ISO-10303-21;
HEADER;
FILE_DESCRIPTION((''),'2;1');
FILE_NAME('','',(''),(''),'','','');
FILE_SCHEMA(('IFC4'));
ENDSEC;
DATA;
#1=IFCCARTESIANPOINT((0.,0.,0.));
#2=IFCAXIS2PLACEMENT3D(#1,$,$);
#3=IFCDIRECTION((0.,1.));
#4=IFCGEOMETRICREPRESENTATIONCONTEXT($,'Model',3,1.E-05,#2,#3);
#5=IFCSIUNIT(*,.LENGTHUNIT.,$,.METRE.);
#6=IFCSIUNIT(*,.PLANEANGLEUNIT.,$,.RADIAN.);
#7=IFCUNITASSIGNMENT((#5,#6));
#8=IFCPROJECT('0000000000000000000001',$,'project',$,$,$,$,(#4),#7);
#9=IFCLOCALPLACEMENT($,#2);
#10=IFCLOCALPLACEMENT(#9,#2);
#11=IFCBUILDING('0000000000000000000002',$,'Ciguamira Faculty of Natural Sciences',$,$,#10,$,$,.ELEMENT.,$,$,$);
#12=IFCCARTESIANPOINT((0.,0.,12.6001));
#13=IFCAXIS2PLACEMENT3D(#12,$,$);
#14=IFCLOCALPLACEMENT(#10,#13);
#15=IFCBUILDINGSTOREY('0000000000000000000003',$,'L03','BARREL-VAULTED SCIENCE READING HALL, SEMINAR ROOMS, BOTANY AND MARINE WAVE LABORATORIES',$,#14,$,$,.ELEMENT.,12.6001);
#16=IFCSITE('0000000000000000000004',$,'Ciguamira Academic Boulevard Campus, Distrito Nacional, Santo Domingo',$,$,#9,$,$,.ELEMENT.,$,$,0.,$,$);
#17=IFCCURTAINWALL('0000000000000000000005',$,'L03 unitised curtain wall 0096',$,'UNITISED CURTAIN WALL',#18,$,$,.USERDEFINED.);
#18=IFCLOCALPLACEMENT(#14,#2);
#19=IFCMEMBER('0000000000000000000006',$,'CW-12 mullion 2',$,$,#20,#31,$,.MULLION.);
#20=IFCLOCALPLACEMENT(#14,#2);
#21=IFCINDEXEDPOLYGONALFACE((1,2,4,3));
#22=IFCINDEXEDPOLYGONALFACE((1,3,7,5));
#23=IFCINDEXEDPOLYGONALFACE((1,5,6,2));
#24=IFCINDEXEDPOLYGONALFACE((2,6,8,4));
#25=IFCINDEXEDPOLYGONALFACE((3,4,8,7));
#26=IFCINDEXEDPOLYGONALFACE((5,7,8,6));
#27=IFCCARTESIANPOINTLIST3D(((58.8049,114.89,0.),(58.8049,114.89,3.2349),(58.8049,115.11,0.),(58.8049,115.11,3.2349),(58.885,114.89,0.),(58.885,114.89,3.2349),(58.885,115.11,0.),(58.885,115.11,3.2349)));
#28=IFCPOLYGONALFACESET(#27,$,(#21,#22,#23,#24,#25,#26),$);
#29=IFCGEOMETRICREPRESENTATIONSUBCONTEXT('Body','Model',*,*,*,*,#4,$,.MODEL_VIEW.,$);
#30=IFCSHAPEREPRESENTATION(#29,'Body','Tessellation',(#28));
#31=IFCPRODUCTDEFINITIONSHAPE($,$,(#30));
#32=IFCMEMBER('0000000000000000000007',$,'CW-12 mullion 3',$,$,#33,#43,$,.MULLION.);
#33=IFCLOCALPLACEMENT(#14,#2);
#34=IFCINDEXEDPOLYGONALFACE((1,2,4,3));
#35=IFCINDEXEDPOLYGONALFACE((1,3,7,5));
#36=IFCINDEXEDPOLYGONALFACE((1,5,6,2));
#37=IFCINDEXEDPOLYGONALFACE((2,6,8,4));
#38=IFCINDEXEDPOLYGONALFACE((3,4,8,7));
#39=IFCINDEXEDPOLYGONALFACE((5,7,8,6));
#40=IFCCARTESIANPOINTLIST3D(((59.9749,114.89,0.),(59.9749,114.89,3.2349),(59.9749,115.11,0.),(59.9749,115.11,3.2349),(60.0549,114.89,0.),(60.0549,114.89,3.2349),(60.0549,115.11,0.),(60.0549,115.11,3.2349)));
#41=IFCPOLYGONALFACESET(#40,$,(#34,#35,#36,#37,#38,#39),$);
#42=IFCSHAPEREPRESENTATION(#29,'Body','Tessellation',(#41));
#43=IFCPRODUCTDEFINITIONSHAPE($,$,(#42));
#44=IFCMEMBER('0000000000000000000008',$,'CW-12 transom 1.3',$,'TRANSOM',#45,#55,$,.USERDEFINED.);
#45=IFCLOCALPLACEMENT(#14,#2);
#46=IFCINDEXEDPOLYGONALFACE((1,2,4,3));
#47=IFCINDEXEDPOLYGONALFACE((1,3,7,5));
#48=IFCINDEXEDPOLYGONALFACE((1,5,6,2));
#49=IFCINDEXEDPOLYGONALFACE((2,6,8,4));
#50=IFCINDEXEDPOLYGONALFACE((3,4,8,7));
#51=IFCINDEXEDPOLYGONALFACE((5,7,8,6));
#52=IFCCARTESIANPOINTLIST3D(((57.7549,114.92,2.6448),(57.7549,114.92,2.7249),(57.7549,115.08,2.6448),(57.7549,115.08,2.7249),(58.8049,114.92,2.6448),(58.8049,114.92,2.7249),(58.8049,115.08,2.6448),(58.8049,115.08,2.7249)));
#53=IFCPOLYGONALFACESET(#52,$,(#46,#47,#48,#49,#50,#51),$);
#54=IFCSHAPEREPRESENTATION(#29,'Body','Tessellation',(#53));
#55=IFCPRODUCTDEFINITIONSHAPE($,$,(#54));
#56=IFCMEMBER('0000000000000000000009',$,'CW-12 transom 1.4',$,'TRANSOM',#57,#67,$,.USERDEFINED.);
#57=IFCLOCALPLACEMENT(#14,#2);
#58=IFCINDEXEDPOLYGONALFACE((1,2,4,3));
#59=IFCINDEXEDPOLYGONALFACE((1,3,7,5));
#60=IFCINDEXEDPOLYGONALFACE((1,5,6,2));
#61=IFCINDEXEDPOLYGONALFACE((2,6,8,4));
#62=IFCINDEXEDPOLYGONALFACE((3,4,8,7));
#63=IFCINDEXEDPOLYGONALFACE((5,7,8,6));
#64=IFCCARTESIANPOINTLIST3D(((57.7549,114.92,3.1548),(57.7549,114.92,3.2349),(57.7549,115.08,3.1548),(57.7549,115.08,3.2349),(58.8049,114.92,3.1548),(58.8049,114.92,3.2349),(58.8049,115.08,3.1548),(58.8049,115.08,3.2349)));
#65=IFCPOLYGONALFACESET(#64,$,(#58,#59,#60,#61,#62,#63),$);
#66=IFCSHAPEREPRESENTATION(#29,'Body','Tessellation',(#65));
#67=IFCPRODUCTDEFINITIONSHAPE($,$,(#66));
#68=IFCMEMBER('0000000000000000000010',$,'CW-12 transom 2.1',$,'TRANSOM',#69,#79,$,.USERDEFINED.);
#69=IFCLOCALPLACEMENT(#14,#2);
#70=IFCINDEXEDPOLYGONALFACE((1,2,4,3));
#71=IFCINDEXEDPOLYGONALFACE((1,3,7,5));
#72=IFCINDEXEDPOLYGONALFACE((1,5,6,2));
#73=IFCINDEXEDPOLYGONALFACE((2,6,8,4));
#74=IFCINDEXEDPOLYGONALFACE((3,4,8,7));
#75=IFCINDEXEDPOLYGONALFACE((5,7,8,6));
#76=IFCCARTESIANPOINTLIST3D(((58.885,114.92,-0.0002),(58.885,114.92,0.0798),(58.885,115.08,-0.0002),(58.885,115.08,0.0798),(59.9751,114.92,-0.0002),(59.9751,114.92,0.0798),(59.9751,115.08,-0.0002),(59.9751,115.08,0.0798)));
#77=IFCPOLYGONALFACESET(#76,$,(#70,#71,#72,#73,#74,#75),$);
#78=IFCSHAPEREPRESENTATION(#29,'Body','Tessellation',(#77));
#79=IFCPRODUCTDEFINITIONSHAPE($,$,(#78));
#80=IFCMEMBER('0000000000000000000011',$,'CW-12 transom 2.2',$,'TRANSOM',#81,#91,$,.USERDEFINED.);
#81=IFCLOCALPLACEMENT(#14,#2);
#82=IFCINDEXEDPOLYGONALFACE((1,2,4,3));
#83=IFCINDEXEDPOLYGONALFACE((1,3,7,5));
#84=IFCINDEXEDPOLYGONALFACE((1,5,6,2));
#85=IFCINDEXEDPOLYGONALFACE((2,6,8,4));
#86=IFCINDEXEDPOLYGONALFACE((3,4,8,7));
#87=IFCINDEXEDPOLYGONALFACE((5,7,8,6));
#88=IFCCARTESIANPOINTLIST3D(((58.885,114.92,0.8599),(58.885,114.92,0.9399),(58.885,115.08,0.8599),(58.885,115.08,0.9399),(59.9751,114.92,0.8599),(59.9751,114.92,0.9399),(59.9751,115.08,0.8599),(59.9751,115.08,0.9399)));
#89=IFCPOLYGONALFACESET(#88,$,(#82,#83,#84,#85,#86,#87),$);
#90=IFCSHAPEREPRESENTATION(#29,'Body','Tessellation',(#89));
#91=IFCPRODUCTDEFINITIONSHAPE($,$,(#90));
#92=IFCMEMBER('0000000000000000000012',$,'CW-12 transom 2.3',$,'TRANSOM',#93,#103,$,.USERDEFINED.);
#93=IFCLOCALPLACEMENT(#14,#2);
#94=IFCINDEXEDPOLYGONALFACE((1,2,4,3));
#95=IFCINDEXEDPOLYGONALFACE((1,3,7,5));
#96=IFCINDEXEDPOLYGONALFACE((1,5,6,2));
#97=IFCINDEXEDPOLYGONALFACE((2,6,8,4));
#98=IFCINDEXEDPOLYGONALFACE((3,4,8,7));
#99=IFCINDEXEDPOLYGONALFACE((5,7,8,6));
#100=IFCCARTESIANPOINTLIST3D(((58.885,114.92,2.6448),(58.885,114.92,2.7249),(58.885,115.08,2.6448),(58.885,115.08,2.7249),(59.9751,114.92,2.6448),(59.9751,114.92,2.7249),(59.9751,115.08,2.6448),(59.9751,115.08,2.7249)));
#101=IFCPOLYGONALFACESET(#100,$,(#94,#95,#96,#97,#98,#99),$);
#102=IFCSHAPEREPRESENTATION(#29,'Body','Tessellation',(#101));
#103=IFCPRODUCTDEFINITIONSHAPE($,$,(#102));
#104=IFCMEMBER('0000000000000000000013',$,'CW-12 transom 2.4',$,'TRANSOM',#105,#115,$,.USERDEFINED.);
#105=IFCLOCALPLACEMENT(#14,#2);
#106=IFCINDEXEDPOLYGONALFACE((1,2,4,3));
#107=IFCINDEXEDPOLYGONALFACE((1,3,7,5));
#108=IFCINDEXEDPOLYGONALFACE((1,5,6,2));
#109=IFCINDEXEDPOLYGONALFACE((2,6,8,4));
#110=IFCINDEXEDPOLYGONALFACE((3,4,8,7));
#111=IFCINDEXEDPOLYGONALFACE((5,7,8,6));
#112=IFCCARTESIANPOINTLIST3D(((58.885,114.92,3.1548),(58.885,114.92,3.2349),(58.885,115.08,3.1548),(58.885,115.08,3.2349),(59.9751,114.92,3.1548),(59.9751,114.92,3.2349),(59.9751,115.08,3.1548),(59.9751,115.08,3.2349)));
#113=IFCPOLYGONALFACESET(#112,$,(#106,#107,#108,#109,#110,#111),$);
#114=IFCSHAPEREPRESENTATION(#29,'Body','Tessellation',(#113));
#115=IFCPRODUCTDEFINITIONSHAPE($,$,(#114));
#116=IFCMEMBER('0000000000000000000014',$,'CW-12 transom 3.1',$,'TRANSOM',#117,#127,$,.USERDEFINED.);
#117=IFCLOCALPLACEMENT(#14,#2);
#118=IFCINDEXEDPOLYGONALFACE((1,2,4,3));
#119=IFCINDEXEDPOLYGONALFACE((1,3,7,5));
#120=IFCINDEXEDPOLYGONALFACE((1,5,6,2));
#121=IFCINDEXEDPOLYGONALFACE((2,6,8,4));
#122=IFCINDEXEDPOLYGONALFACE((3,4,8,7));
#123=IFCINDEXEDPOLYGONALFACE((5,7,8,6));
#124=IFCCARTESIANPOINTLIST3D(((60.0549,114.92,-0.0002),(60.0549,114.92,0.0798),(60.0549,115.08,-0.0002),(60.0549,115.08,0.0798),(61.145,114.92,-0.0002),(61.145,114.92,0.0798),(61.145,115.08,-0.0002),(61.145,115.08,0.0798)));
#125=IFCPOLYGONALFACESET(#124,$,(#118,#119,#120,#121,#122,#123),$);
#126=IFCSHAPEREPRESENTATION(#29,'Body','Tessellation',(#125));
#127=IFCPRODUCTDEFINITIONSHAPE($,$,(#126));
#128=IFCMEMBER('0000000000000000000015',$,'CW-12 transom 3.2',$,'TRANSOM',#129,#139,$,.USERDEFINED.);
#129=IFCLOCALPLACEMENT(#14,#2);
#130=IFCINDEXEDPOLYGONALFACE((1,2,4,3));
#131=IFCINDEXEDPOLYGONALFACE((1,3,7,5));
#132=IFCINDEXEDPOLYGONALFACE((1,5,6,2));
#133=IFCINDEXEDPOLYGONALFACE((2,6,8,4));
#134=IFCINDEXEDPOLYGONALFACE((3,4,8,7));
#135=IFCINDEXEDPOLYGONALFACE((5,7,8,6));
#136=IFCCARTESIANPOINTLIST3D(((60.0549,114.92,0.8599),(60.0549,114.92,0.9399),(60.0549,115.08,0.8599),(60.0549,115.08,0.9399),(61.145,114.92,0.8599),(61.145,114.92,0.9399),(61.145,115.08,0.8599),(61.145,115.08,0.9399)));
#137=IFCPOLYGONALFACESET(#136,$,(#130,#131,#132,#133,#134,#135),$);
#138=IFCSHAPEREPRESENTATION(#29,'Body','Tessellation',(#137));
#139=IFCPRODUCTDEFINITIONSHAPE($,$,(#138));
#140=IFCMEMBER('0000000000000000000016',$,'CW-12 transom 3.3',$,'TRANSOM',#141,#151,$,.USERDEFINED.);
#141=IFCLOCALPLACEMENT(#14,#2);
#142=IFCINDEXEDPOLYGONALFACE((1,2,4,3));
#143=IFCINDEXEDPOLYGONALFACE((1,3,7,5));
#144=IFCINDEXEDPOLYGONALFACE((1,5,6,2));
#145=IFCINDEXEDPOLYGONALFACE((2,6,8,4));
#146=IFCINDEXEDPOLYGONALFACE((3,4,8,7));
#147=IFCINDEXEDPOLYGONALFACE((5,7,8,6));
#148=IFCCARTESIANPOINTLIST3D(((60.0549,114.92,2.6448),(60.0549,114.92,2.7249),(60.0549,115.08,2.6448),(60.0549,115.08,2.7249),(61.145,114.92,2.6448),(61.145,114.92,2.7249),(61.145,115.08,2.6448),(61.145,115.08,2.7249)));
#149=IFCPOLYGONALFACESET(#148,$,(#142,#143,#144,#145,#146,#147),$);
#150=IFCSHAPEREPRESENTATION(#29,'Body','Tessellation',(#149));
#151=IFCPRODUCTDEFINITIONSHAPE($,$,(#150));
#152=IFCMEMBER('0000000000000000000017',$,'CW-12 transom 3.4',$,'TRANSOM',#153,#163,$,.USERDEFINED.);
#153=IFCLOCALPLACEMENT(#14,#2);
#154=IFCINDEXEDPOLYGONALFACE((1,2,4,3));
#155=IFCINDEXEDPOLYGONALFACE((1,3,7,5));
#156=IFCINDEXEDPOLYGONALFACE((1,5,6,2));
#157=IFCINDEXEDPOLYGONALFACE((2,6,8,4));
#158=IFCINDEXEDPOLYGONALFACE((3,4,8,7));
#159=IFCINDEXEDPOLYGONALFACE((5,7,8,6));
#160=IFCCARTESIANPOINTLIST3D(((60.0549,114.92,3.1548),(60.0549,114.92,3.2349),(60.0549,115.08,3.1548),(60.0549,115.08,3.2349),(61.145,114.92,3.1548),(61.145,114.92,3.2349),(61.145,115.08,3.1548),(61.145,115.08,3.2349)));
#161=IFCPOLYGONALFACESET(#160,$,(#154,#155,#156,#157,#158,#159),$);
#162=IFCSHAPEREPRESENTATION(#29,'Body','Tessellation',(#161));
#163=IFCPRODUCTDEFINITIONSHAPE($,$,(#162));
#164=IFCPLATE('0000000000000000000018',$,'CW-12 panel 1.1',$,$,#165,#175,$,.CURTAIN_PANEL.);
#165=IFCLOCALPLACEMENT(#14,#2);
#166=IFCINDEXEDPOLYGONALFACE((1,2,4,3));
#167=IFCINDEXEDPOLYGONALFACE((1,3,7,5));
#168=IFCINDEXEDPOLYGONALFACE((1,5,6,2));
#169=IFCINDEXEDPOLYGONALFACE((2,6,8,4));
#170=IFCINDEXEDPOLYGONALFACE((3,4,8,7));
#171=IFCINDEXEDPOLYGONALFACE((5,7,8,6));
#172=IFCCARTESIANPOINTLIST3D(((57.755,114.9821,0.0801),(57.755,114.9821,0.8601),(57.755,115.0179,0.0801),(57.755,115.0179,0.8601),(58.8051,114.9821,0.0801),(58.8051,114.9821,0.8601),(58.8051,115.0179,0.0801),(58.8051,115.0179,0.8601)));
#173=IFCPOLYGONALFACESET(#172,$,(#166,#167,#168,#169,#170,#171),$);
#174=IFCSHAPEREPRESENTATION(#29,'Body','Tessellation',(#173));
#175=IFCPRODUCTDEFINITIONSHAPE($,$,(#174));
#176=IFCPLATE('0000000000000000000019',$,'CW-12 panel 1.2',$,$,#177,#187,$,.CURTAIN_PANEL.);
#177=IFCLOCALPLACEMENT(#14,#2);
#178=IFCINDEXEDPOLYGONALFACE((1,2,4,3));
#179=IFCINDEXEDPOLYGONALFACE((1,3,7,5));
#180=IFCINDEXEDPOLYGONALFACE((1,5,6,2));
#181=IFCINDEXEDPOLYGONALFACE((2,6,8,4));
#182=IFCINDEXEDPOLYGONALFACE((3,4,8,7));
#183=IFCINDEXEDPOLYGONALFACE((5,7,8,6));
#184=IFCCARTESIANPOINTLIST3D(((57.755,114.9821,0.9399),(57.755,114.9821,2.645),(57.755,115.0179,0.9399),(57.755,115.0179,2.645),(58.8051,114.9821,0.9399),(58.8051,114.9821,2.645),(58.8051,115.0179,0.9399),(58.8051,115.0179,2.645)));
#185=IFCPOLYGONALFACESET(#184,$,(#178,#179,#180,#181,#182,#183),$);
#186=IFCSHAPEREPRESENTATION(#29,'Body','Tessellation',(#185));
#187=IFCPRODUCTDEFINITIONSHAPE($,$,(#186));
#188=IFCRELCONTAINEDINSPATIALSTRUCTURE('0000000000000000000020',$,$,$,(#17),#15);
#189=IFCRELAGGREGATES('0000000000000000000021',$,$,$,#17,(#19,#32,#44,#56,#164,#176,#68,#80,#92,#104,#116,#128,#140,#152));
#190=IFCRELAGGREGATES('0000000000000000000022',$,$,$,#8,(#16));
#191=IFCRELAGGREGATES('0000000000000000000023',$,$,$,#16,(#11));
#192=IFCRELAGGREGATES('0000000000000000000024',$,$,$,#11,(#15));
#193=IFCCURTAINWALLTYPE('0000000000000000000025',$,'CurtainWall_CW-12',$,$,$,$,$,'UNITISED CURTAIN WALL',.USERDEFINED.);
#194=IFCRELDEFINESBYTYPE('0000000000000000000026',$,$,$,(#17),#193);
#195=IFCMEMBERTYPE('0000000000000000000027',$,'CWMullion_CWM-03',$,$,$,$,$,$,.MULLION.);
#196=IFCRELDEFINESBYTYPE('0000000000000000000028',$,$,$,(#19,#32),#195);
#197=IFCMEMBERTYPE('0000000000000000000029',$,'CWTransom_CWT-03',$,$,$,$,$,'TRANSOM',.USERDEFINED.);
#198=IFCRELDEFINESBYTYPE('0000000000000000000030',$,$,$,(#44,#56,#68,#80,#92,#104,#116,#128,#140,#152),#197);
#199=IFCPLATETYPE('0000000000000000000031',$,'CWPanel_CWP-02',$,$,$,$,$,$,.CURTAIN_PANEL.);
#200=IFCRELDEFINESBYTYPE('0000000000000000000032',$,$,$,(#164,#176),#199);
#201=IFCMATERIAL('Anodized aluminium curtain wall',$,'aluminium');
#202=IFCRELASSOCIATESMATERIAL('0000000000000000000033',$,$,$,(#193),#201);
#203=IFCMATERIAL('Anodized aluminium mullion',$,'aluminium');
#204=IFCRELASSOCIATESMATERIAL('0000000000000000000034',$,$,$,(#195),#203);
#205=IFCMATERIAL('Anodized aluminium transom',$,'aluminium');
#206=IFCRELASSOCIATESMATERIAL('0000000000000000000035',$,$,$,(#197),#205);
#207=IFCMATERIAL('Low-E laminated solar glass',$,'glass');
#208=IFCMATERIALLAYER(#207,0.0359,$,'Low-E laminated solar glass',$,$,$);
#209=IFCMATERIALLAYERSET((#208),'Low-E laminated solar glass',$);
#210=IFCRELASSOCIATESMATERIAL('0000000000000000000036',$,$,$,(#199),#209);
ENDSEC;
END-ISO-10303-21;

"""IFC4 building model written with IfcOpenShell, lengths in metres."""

from ifc_helpers import new_model, si_unit, direction, frame, origin, origin_2d, place, context, subcontext, project, spatial, rectangle, extrude, material, layer, layer_set, material_profile, profile_set, type_object, element, aggregate, save


model = new_model("IFC4")

# Units and contexts
model_context = context("Model", 3, precision=1e-05, world=origin(), true_north=direction((0.0, 1.0)))
body_context = subcontext(model_context, "Body", "Model", "MODEL_VIEW")
ifc_project = project(units=[si_unit("LENGTHUNIT", "METRE"), si_unit("PLANEANGLEUNIT", "RADIAN")], contexts=[model_context])

# Site, building, storey
site_placement = place(None, origin())
site = spatial("IfcSite", under=ifc_project, at=site_placement, Name="Ciguamira Academic Boulevard Campus, Distrito Nacional, Santo Domingo", CompositionType="ELEMENT", RefElevation=0.0)
building_placement = place(site_placement, origin())
building = spatial("IfcBuilding", under=site, at=building_placement, Name="Ciguamira Faculty of Natural Sciences", CompositionType="ELEMENT")
storey_placement = place(building_placement, frame((0.0, 0.0, 12.6001)))
storey = spatial("IfcBuildingStorey", under=building, at=storey_placement, Name="L03", Description="BARREL-VAULTED SCIENCE READING HALL, SEMINAR ROOMS, BOTANY AND MARINE WAVE LABORATORIES", CompositionType="ELEMENT", Elevation=12.6001)

# Curtain wall, members, plates
ifc_material_1 = material(Name="Anodized aluminium curtain wall", Category="aluminium")
curtain_wall_type = type_object("IfcCurtainWallType", Name="CurtainWall_CW-12", ElementType="UNITISED CURTAIN WALL", PredefinedType="USERDEFINED", material=ifc_material_1)
curtain_wall_placement = place(storey_placement, origin())
curtain_wall = element("IfcCurtainWall", 1, at=curtain_wall_placement, inside=storey, type_object=curtain_wall_type, Name="L03 unitised curtain wall 0096", ObjectType="UNITISED CURTAIN WALL", PredefinedType="USERDEFINED")
ifc_material_2 = material(Name="Anodized aluminium mullion", Category="aluminium")
ifc_material_profile_1 = material_profile(ifc_material_2, rectangle(XDim=0.0801, YDim=0.22, at=origin_2d()), Name="ALU-MUL-80X220")
ifc_profile_set_1 = profile_set([ifc_material_profile_1], Name="Anodized aluminium mullion")
member_type_1 = type_object("IfcMemberType", Name="CWMullion_CWM-03", PredefinedType="MULLION", material=ifc_profile_set_1)
member_1_placement = place(storey_placement, frame((58.845, 115.0, 0.0), z_axis=(0.0, 0.0, 1.0), x_axis=(1.0, 0.0, 0.0)))
member_1 = element("IfcMember", 2, at=member_1_placement, type_object=member_type_1, Name="CW-12 mullion 2", PredefinedType="MULLION", context=body_context, shape_type="SweptSolid", body=[
    extrude(rectangle(XDim=0.0801, YDim=0.22, at=origin_2d()), origin(), (0.0, 0.0, 1.0), 3.2349),
])
member_2_placement = place(storey_placement, frame((60.0149, 115.0, 0.0), z_axis=(0.0, 0.0, 1.0), x_axis=(1.0, 0.0, 0.0)))
member_2 = element("IfcMember", 3, at=member_2_placement, type_object=member_type_1, Name="CW-12 mullion 3", PredefinedType="MULLION", context=body_context, shape_type="SweptSolid", body=[
    extrude(rectangle(XDim=0.0801, YDim=0.22, at=origin_2d()), origin(), (0.0, 0.0, 1.0), 3.2349),
])
ifc_material_3 = material(Name="Anodized aluminium transom", Category="aluminium")
ifc_material_profile_2 = material_profile(ifc_material_3, rectangle(XDim=0.0801, YDim=0.1599, at=origin_2d()), Name="ALU-TRN-80X160")
ifc_profile_set_2 = profile_set([ifc_material_profile_2], Name="Anodized aluminium transom")
member_type_2 = type_object("IfcMemberType", Name="CWTransom_CWT-03", ElementType="TRANSOM", PredefinedType="USERDEFINED", material=ifc_profile_set_2)
member_3_placement = place(storey_placement, frame((57.7549, 115.0, 2.6848), z_axis=(1.0, 0.0, 0.0), x_axis=(0.0, 0.0, 1.0)))
member_3 = element("IfcMember", 4, at=member_3_placement, type_object=member_type_2, Name="CW-12 transom 1.3", ObjectType="TRANSOM", PredefinedType="USERDEFINED", context=body_context, shape_type="SweptSolid", body=[
    extrude(rectangle(XDim=0.0801, YDim=0.1599, at=origin_2d()), origin(), (0.0, 0.0, 1.0), 1.05),
])
member_4_placement = place(storey_placement, frame((57.7549, 115.0, 3.1948), z_axis=(1.0, 0.0, 0.0), x_axis=(0.0, 0.0, 1.0)))
member_4 = element("IfcMember", 5, at=member_4_placement, type_object=member_type_2, Name="CW-12 transom 1.4", ObjectType="TRANSOM", PredefinedType="USERDEFINED", context=body_context, shape_type="SweptSolid", body=[
    extrude(rectangle(XDim=0.0801, YDim=0.1599, at=origin_2d()), origin(), (0.0, 0.0, 1.0), 1.05),
])
member_5_placement = place(storey_placement, frame((58.885, 115.0, 0.0398), z_axis=(1.0, 0.0, 0.0), x_axis=(0.0, 0.0, 1.0)))
member_5 = element("IfcMember", 6, at=member_5_placement, type_object=member_type_2, Name="CW-12 transom 2.1", ObjectType="TRANSOM", PredefinedType="USERDEFINED", context=body_context, shape_type="SweptSolid", body=[
    extrude(rectangle(XDim=0.0801, YDim=0.1599, at=origin_2d()), origin(), (0.0, 0.0, 1.0), 1.0901),
])
member_6_placement = place(storey_placement, frame((58.885, 115.0, 0.8999), z_axis=(1.0, 0.0, 0.0), x_axis=(0.0, 0.0, 1.0)))
member_6 = element("IfcMember", 7, at=member_6_placement, type_object=member_type_2, Name="CW-12 transom 2.2", ObjectType="TRANSOM", PredefinedType="USERDEFINED", context=body_context, shape_type="SweptSolid", body=[
    extrude(rectangle(XDim=0.0801, YDim=0.1599, at=origin_2d()), origin(), (0.0, 0.0, 1.0), 1.0901),
])
member_7_placement = place(storey_placement, frame((58.885, 115.0, 2.6848), z_axis=(1.0, 0.0, 0.0), x_axis=(0.0, 0.0, 1.0)))
member_7 = element("IfcMember", 8, at=member_7_placement, type_object=member_type_2, Name="CW-12 transom 2.3", ObjectType="TRANSOM", PredefinedType="USERDEFINED", context=body_context, shape_type="SweptSolid", body=[
    extrude(rectangle(XDim=0.0801, YDim=0.1599, at=origin_2d()), origin(), (0.0, 0.0, 1.0), 1.0901),
])
member_8_placement = place(storey_placement, frame((58.885, 115.0, 3.1948), z_axis=(1.0, 0.0, 0.0), x_axis=(0.0, 0.0, 1.0)))
member_8 = element("IfcMember", 9, at=member_8_placement, type_object=member_type_2, Name="CW-12 transom 2.4", ObjectType="TRANSOM", PredefinedType="USERDEFINED", context=body_context, shape_type="SweptSolid", body=[
    extrude(rectangle(XDim=0.0801, YDim=0.1599, at=origin_2d()), origin(), (0.0, 0.0, 1.0), 1.0901),
])
member_9_placement = place(storey_placement, frame((60.0549, 115.0, 0.0398), z_axis=(1.0, 0.0, 0.0), x_axis=(0.0, 0.0, 1.0)))
member_9 = element("IfcMember", 10, at=member_9_placement, type_object=member_type_2, Name="CW-12 transom 3.1", ObjectType="TRANSOM", PredefinedType="USERDEFINED", context=body_context, shape_type="SweptSolid", body=[
    extrude(rectangle(XDim=0.0801, YDim=0.1599, at=origin_2d()), origin(), (0.0, 0.0, 1.0), 1.0901),
])
member_10_placement = place(storey_placement, frame((60.0549, 115.0, 0.8999), z_axis=(1.0, 0.0, 0.0), x_axis=(0.0, 0.0, 1.0)))
member_10 = element("IfcMember", 11, at=member_10_placement, type_object=member_type_2, Name="CW-12 transom 3.2", ObjectType="TRANSOM", PredefinedType="USERDEFINED", context=body_context, shape_type="SweptSolid", body=[
    extrude(rectangle(XDim=0.0801, YDim=0.1599, at=origin_2d()), origin(), (0.0, 0.0, 1.0), 1.0901),
])
member_11_placement = place(storey_placement, frame((60.0549, 115.0, 2.6848), z_axis=(1.0, 0.0, 0.0), x_axis=(0.0, 0.0, 1.0)))
member_11 = element("IfcMember", 12, at=member_11_placement, type_object=member_type_2, Name="CW-12 transom 3.3", ObjectType="TRANSOM", PredefinedType="USERDEFINED", context=body_context, shape_type="SweptSolid", body=[
    extrude(rectangle(XDim=0.0801, YDim=0.1599, at=origin_2d()), origin(), (0.0, 0.0, 1.0), 1.0901),
])
member_12_placement = place(storey_placement, frame((60.0549, 115.0, 3.1948), z_axis=(1.0, 0.0, 0.0), x_axis=(0.0, 0.0, 1.0)))
member_12 = element("IfcMember", 13, at=member_12_placement, type_object=member_type_2, Name="CW-12 transom 3.4", ObjectType="TRANSOM", PredefinedType="USERDEFINED", context=body_context, shape_type="SweptSolid", body=[
    extrude(rectangle(XDim=0.0801, YDim=0.1599, at=origin_2d()), origin(), (0.0, 0.0, 1.0), 1.0901),
])
ifc_material_4 = material(Name="Low-E laminated solar glass", Category="glass")
ifc_layer = layer(ifc_material_4, 0.0359, Name="Low-E laminated solar glass")
ifc_layer_set = layer_set([ifc_layer], Name="Low-E laminated solar glass")
plate_type = type_object("IfcPlateType", Name="CWPanel_CWP-02", PredefinedType="CURTAIN_PANEL", material=ifc_layer_set)
plate_1_placement = place(storey_placement, frame((58.28, 115.0, 0.0801), z_axis=(0.0, 0.0, 1.0), x_axis=(1.0, 0.0, 0.0)))
plate_1 = element("IfcPlate", 14, at=plate_1_placement, type_object=plate_type, Name="CW-12 panel 1.1", PredefinedType="CURTAIN_PANEL", context=body_context, shape_type="SweptSolid", body=[
    extrude(rectangle(XDim=1.05, YDim=0.0359, at=origin_2d()), origin(), (0.0, 0.0, 1.0), 0.78),
])
plate_2_placement = place(storey_placement, frame((58.28, 115.0, 0.9399), z_axis=(0.0, 0.0, 1.0), x_axis=(1.0, 0.0, 0.0)))
plate_2 = element("IfcPlate", 15, at=plate_2_placement, type_object=plate_type, Name="CW-12 panel 1.2", PredefinedType="CURTAIN_PANEL", context=body_context, shape_type="SweptSolid", body=[
    extrude(rectangle(XDim=1.05, YDim=0.0359, at=origin_2d()), origin(), (0.0, 0.0, 1.0), 1.7051),
])
aggregate(curtain_wall, [member_1, member_2, member_3, member_4, plate_1, plate_2, member_5, member_6, member_7, member_8, member_9, member_10, member_11, member_12])

save(model, "model.ifc")
